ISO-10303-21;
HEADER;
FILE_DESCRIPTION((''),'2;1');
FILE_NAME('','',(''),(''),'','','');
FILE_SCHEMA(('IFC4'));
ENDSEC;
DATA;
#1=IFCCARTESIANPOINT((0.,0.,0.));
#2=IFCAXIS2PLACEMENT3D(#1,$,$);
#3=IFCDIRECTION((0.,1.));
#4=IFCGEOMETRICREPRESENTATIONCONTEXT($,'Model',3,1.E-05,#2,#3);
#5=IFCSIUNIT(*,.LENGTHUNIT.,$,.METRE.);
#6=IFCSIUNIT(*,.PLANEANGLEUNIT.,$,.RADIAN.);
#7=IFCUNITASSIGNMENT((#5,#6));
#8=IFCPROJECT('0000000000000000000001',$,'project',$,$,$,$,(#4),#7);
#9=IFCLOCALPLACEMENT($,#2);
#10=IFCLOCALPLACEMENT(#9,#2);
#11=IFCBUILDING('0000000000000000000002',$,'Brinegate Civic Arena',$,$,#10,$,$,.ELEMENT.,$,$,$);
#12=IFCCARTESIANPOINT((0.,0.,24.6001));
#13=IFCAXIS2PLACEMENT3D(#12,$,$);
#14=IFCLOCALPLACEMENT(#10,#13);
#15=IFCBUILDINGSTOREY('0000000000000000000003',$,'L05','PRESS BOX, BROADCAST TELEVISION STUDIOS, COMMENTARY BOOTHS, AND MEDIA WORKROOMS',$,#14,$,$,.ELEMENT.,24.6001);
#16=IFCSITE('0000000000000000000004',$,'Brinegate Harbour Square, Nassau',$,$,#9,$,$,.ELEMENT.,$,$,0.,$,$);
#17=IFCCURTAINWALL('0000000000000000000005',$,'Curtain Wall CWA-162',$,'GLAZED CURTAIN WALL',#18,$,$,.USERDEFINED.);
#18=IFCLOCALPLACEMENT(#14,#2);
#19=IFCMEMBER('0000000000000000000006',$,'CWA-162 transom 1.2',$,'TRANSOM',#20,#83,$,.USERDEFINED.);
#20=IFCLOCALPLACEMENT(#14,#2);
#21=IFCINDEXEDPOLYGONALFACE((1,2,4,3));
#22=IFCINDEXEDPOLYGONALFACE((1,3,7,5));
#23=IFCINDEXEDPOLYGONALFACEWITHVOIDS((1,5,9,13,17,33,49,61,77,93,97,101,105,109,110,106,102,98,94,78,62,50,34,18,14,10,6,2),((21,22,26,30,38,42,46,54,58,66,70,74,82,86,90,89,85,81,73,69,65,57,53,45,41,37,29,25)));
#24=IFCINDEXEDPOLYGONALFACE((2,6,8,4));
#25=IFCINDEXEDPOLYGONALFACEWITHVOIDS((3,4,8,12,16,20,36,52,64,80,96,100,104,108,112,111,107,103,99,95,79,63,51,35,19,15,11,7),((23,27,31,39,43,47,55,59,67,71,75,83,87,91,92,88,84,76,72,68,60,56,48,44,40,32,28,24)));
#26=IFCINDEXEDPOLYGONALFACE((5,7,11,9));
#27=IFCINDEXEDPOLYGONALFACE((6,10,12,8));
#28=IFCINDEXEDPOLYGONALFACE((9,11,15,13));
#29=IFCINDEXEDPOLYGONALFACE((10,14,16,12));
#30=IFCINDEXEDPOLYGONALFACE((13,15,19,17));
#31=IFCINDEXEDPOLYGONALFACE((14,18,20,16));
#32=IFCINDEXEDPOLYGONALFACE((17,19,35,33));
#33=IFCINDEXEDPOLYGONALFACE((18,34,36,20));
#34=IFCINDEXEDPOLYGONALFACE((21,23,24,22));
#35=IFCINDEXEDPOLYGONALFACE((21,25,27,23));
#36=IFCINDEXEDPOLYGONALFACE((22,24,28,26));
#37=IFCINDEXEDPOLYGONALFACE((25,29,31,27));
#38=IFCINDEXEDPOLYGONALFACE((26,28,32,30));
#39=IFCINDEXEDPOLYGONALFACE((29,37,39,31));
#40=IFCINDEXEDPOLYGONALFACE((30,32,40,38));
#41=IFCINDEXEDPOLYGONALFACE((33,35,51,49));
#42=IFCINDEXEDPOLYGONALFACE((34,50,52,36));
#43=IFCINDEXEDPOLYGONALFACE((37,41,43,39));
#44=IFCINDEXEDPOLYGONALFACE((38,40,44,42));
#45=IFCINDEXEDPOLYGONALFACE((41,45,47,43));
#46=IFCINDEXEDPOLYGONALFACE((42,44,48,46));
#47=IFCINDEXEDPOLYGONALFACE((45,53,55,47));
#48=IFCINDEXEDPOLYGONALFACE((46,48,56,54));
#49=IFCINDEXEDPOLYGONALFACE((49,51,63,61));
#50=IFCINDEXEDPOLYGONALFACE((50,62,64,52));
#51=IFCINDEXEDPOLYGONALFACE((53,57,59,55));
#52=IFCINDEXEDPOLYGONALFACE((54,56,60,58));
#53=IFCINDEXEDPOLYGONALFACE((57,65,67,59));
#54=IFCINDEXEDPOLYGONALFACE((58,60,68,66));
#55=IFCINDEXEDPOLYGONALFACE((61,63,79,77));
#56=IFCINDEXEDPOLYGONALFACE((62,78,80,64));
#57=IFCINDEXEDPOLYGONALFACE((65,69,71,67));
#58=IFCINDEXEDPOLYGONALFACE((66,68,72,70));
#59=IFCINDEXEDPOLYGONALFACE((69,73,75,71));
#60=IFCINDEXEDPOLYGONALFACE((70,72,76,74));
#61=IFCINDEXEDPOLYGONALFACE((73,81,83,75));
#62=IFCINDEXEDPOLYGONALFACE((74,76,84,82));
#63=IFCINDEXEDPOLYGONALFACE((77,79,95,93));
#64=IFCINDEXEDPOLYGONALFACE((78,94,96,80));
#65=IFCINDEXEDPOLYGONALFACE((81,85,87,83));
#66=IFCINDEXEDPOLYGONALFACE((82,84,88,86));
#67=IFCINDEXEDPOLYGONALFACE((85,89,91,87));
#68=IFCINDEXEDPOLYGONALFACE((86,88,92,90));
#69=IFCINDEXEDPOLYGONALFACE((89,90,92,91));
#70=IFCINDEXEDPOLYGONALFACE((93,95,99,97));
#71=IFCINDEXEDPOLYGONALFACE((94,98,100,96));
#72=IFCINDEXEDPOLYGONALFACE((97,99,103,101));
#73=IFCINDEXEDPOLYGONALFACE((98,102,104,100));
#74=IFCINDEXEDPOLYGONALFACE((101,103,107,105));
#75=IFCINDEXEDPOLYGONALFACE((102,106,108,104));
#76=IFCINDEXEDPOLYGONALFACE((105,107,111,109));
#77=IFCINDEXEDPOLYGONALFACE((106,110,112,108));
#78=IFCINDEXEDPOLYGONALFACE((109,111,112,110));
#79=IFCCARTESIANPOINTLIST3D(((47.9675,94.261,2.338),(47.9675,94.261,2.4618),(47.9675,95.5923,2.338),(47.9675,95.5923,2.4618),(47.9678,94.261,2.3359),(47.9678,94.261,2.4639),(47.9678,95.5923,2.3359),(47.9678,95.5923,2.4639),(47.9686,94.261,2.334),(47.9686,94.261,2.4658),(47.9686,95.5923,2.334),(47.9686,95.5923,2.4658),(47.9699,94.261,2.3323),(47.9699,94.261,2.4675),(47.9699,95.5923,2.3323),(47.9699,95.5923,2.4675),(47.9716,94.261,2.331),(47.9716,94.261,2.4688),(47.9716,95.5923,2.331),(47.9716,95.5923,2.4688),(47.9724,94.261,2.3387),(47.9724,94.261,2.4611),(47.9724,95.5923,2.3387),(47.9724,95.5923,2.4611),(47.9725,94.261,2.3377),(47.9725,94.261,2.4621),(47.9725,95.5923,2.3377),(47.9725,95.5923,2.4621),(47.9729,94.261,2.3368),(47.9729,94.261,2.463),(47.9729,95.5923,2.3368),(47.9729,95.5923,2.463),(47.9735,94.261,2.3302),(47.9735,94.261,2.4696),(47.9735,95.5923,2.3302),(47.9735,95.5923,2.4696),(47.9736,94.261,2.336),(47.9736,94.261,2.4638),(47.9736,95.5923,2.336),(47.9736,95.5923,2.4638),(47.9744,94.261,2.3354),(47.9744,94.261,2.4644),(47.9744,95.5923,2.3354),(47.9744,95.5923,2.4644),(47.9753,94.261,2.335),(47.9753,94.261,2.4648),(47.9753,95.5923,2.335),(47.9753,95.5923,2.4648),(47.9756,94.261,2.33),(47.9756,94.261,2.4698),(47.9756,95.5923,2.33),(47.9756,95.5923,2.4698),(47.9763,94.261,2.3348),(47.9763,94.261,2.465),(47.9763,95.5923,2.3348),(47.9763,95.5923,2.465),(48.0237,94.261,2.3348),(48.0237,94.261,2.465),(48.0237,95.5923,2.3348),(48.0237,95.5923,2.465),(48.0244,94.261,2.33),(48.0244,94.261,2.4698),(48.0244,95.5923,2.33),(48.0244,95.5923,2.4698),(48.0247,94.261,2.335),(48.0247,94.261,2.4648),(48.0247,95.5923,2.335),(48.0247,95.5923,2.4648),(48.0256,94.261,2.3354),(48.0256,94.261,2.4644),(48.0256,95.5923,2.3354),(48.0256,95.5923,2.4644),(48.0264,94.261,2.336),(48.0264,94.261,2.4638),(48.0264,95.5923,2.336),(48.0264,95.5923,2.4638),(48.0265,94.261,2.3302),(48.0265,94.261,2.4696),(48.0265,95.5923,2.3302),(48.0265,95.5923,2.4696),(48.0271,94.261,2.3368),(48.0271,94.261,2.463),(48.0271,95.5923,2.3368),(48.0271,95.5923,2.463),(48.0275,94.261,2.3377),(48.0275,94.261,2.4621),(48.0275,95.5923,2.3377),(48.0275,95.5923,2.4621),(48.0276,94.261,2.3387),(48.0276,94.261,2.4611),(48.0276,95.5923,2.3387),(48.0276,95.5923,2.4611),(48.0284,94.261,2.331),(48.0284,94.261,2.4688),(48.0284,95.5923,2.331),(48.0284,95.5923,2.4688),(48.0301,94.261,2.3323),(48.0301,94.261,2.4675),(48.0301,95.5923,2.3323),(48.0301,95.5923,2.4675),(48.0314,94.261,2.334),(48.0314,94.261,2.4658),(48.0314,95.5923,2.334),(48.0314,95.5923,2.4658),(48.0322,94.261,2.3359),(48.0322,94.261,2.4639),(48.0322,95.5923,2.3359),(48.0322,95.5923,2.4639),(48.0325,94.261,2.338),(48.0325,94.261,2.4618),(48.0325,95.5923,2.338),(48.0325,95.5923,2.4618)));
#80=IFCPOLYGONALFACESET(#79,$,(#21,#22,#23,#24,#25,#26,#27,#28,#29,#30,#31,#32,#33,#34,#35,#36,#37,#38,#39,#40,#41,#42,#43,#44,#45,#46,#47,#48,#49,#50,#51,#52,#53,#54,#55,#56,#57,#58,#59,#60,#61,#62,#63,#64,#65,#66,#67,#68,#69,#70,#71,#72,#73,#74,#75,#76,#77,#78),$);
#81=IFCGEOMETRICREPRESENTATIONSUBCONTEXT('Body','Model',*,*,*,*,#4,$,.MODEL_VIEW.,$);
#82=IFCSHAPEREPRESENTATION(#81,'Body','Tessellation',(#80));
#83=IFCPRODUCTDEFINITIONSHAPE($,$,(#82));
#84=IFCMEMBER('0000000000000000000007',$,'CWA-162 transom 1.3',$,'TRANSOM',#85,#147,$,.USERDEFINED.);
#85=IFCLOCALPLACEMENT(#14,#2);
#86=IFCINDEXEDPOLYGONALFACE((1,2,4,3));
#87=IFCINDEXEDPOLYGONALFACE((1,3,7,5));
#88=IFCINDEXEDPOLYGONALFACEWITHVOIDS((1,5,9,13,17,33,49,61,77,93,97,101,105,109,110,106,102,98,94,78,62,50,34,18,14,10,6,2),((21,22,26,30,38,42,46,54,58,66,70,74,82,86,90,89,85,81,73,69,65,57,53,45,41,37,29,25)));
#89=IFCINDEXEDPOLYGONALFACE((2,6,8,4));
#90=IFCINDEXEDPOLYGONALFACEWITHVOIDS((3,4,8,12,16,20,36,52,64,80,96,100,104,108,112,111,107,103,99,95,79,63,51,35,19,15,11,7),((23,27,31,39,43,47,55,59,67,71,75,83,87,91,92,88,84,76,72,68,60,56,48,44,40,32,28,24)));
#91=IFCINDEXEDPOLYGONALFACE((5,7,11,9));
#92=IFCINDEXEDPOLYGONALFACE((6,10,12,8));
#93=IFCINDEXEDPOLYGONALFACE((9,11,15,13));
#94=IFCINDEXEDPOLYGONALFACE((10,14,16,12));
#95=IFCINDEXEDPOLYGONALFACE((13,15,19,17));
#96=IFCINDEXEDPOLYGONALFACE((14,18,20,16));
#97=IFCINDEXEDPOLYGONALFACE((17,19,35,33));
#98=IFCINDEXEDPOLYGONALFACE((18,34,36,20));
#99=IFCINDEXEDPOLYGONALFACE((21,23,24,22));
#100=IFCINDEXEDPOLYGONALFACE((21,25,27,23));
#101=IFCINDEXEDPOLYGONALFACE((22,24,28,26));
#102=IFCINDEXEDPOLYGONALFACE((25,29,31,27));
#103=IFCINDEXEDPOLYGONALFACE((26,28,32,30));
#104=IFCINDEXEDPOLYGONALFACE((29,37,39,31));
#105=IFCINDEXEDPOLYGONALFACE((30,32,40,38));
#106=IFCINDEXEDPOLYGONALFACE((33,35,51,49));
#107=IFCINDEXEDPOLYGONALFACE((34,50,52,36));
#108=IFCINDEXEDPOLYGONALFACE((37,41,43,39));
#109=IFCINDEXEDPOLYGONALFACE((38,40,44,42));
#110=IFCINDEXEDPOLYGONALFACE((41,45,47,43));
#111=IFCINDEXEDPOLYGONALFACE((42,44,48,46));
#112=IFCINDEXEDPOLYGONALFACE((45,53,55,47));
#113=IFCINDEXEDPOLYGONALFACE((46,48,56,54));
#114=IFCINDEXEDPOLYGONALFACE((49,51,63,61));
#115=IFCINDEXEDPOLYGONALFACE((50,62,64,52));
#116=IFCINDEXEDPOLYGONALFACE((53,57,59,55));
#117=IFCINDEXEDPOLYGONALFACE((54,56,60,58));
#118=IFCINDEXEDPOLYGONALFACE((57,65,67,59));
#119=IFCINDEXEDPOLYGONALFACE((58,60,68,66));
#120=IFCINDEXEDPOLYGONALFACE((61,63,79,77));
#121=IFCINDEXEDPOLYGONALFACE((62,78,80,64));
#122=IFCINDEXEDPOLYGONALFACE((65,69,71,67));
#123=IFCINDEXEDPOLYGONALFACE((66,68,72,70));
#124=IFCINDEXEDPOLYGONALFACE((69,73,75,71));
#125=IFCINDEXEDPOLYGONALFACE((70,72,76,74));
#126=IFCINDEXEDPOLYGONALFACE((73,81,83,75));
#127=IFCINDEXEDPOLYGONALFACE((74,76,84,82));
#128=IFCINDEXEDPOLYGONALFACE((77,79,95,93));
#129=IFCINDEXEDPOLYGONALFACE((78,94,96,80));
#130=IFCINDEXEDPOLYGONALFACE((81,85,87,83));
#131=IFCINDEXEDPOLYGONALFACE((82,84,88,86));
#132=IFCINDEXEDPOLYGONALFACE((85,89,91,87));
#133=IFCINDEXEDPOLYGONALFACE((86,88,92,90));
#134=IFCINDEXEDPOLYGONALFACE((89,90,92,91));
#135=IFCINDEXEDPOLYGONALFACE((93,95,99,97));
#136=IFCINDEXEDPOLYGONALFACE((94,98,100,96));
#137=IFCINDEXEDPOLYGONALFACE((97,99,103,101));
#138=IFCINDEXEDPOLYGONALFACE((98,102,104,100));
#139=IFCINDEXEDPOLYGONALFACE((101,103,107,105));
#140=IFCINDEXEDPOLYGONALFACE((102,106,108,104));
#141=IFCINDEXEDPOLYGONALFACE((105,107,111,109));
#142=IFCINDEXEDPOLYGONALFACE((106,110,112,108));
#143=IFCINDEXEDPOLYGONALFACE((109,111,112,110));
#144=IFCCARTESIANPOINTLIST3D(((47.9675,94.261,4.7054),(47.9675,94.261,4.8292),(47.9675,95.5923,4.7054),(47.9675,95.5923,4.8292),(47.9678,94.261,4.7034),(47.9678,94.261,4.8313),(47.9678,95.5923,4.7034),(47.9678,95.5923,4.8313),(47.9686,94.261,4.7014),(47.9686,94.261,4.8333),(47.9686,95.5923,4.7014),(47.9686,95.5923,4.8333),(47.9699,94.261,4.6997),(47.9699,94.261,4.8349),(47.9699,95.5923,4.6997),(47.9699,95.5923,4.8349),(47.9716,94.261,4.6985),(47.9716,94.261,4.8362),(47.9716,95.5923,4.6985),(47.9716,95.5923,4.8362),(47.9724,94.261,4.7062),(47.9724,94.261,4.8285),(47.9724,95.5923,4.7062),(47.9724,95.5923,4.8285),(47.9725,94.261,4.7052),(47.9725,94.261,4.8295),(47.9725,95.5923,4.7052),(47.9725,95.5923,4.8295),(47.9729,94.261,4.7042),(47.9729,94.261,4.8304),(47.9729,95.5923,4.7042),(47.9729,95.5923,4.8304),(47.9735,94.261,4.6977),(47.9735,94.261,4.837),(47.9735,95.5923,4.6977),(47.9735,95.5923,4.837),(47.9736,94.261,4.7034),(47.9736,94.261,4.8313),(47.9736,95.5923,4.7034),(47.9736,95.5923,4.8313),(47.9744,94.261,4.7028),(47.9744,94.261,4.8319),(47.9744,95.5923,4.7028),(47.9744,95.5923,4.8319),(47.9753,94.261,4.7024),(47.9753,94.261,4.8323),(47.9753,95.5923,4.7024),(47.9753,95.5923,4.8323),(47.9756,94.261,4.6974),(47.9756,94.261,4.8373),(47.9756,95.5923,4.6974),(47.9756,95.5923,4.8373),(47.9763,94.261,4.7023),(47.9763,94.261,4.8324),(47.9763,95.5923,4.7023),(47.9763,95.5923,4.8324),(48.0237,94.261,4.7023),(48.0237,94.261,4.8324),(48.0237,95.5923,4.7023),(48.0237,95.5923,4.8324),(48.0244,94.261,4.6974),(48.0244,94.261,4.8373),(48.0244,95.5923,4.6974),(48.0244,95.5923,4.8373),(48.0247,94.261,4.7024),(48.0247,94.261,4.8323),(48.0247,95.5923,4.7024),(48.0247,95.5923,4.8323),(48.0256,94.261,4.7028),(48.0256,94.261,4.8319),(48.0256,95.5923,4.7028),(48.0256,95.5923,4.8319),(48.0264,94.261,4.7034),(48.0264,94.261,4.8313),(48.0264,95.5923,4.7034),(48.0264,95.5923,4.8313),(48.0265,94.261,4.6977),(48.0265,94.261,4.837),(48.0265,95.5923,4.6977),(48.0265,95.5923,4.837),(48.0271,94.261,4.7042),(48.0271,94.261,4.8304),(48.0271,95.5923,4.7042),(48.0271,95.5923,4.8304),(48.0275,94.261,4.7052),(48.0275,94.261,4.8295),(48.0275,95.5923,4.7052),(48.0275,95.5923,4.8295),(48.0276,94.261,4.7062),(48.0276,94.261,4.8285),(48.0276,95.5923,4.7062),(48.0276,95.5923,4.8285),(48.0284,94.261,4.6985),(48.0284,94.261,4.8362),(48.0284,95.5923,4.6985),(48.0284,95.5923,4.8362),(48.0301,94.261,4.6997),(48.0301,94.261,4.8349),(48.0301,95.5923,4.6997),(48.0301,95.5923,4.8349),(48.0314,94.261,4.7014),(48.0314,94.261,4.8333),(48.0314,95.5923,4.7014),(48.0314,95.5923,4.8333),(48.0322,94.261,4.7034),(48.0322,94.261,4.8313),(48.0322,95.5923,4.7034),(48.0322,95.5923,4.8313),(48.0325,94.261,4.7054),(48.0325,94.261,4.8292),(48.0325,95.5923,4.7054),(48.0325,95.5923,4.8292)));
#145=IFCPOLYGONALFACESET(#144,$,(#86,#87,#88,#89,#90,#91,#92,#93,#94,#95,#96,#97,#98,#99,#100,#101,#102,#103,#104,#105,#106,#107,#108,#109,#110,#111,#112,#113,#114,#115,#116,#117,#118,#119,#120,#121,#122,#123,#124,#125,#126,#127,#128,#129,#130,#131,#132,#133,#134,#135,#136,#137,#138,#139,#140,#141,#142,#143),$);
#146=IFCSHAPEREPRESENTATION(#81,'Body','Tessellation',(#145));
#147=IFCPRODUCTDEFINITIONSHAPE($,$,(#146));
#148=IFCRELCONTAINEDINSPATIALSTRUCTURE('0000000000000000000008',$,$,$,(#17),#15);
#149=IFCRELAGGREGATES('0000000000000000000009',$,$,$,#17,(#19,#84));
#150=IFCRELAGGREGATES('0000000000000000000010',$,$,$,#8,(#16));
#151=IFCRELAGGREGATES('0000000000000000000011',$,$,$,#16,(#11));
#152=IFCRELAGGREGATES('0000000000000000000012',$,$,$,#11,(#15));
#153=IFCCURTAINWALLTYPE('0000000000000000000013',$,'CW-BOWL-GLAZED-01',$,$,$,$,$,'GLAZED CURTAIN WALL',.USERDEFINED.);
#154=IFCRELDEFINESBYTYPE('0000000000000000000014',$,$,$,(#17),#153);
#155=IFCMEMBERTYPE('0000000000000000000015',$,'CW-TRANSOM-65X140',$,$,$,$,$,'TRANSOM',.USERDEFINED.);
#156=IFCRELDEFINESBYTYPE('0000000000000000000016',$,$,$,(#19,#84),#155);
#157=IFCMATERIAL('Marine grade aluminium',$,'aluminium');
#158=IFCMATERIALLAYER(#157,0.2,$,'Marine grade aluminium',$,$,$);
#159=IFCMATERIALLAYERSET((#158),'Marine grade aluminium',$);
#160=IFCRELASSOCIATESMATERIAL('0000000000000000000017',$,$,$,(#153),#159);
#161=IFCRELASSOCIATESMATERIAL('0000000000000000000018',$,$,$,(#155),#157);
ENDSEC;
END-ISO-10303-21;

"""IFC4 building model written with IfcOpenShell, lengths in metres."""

from ifc_helpers import new_model, si_unit, direction, frame, origin, origin_2d, place, context, subcontext, project, spatial, hollow_rectangle, extrude, material, layer, layer_set, material_profile, profile_set, type_object, element, aggregate, save


model = new_model("IFC4")

# Units and contexts
model_context = context("Model", 3, precision=1e-05, world=origin(), true_north=direction((0.0, 1.0)))
body_context = subcontext(model_context, "Body", "Model", "MODEL_VIEW")
ifc_project = project(units=[si_unit("LENGTHUNIT", "METRE"), si_unit("PLANEANGLEUNIT", "RADIAN")], contexts=[model_context])

# Site, building, storey
site_placement = place(None, origin())
site = spatial("IfcSite", under=ifc_project, at=site_placement, Name="Brinegate Harbour Square, Nassau", CompositionType="ELEMENT", RefElevation=0.0)
building_placement = place(site_placement, origin())
building = spatial("IfcBuilding", under=site, at=building_placement, Name="Brinegate Civic Arena", CompositionType="ELEMENT")
storey_placement = place(building_placement, frame((0.0, 0.0, 24.6001)))
storey = spatial("IfcBuildingStorey", under=building, at=storey_placement, Name="L05", Description="PRESS BOX, BROADCAST TELEVISION STUDIOS, COMMENTARY BOOTHS, AND MEDIA WORKROOMS", CompositionType="ELEMENT", Elevation=24.6001)

# Curtain wall, members
ifc_material_1 = material(Name="Marine grade aluminium", Category="aluminium")
ifc_layer_1 = layer(ifc_material_1, 0.2, Name="Marine grade aluminium")
ifc_layer_set_1 = layer_set([ifc_layer_1], Name="Marine grade aluminium")
curtain_wall_type = type_object("IfcCurtainWallType", Name="CW-BOWL-GLAZED-01", ElementType="GLAZED CURTAIN WALL", PredefinedType="USERDEFINED", material=ifc_layer_set_1)
curtain_wall_1_placement = place(storey_placement, origin())
curtain_wall_1 = element("IfcCurtainWall", 1, at=curtain_wall_1_placement, inside=storey, type_object=curtain_wall_type, Name="Curtain Wall CWA-162", ObjectType="GLAZED CURTAIN WALL", PredefinedType="USERDEFINED")
ifc_material_profile_1 = material_profile(ifc_material_1, hollow_rectangle(XDim=0.0649, YDim=0.1399, WallThickness=0.0049, InnerFilletRadius=0.0039, OuterFilletRadius=0.0081, at=origin_2d()), Name="TRN65X140")
ifc_profile_set_1 = profile_set([ifc_material_profile_1], Name="Marine grade aluminium")
member_type_1 = type_object("IfcMemberType", Name="CW-TRANSOM-65X140", ElementType="TRANSOM", PredefinedType="USERDEFINED", material=ifc_profile_set_1)
member_1_placement = place(storey_placement, frame((48.0, 94.261, 2.3999), z_axis=(0.0, 1.0, 0.0), x_axis=(-1.0, 0.0, 0.0)))
member_1 = element("IfcMember", 2, at=member_1_placement, type_object=member_type_1, Name="CWA-162 transom 1.2", ObjectType="TRANSOM", PredefinedType="USERDEFINED", context=body_context, shape_type="SweptSolid", body=[
    extrude(hollow_rectangle(XDim=0.0649, YDim=0.1399, WallThickness=0.0049, InnerFilletRadius=0.0039, OuterFilletRadius=0.0081, at=origin_2d()), origin(), (0.0, 0.0, 1.0), 1.3313),
])
member_2_placement = place(storey_placement, frame((48.0, 94.261, 4.7673), z_axis=(0.0, 1.0, 0.0), x_axis=(-1.0, 0.0, 0.0)))
member_2 = element("IfcMember", 3, at=member_2_placement, type_object=member_type_1, Name="CWA-162 transom 1.3", ObjectType="TRANSOM", PredefinedType="USERDEFINED", context=body_context, shape_type="SweptSolid", body=[
    extrude(hollow_rectangle(XDim=0.0649, YDim=0.1399, WallThickness=0.0049, InnerFilletRadius=0.0039, OuterFilletRadius=0.0081, at=origin_2d()), origin(), (0.0, 0.0, 1.0), 1.3313),
])

aggregate(curtain_wall_1, [member_1, member_2])

save(model, "model.ifc")
